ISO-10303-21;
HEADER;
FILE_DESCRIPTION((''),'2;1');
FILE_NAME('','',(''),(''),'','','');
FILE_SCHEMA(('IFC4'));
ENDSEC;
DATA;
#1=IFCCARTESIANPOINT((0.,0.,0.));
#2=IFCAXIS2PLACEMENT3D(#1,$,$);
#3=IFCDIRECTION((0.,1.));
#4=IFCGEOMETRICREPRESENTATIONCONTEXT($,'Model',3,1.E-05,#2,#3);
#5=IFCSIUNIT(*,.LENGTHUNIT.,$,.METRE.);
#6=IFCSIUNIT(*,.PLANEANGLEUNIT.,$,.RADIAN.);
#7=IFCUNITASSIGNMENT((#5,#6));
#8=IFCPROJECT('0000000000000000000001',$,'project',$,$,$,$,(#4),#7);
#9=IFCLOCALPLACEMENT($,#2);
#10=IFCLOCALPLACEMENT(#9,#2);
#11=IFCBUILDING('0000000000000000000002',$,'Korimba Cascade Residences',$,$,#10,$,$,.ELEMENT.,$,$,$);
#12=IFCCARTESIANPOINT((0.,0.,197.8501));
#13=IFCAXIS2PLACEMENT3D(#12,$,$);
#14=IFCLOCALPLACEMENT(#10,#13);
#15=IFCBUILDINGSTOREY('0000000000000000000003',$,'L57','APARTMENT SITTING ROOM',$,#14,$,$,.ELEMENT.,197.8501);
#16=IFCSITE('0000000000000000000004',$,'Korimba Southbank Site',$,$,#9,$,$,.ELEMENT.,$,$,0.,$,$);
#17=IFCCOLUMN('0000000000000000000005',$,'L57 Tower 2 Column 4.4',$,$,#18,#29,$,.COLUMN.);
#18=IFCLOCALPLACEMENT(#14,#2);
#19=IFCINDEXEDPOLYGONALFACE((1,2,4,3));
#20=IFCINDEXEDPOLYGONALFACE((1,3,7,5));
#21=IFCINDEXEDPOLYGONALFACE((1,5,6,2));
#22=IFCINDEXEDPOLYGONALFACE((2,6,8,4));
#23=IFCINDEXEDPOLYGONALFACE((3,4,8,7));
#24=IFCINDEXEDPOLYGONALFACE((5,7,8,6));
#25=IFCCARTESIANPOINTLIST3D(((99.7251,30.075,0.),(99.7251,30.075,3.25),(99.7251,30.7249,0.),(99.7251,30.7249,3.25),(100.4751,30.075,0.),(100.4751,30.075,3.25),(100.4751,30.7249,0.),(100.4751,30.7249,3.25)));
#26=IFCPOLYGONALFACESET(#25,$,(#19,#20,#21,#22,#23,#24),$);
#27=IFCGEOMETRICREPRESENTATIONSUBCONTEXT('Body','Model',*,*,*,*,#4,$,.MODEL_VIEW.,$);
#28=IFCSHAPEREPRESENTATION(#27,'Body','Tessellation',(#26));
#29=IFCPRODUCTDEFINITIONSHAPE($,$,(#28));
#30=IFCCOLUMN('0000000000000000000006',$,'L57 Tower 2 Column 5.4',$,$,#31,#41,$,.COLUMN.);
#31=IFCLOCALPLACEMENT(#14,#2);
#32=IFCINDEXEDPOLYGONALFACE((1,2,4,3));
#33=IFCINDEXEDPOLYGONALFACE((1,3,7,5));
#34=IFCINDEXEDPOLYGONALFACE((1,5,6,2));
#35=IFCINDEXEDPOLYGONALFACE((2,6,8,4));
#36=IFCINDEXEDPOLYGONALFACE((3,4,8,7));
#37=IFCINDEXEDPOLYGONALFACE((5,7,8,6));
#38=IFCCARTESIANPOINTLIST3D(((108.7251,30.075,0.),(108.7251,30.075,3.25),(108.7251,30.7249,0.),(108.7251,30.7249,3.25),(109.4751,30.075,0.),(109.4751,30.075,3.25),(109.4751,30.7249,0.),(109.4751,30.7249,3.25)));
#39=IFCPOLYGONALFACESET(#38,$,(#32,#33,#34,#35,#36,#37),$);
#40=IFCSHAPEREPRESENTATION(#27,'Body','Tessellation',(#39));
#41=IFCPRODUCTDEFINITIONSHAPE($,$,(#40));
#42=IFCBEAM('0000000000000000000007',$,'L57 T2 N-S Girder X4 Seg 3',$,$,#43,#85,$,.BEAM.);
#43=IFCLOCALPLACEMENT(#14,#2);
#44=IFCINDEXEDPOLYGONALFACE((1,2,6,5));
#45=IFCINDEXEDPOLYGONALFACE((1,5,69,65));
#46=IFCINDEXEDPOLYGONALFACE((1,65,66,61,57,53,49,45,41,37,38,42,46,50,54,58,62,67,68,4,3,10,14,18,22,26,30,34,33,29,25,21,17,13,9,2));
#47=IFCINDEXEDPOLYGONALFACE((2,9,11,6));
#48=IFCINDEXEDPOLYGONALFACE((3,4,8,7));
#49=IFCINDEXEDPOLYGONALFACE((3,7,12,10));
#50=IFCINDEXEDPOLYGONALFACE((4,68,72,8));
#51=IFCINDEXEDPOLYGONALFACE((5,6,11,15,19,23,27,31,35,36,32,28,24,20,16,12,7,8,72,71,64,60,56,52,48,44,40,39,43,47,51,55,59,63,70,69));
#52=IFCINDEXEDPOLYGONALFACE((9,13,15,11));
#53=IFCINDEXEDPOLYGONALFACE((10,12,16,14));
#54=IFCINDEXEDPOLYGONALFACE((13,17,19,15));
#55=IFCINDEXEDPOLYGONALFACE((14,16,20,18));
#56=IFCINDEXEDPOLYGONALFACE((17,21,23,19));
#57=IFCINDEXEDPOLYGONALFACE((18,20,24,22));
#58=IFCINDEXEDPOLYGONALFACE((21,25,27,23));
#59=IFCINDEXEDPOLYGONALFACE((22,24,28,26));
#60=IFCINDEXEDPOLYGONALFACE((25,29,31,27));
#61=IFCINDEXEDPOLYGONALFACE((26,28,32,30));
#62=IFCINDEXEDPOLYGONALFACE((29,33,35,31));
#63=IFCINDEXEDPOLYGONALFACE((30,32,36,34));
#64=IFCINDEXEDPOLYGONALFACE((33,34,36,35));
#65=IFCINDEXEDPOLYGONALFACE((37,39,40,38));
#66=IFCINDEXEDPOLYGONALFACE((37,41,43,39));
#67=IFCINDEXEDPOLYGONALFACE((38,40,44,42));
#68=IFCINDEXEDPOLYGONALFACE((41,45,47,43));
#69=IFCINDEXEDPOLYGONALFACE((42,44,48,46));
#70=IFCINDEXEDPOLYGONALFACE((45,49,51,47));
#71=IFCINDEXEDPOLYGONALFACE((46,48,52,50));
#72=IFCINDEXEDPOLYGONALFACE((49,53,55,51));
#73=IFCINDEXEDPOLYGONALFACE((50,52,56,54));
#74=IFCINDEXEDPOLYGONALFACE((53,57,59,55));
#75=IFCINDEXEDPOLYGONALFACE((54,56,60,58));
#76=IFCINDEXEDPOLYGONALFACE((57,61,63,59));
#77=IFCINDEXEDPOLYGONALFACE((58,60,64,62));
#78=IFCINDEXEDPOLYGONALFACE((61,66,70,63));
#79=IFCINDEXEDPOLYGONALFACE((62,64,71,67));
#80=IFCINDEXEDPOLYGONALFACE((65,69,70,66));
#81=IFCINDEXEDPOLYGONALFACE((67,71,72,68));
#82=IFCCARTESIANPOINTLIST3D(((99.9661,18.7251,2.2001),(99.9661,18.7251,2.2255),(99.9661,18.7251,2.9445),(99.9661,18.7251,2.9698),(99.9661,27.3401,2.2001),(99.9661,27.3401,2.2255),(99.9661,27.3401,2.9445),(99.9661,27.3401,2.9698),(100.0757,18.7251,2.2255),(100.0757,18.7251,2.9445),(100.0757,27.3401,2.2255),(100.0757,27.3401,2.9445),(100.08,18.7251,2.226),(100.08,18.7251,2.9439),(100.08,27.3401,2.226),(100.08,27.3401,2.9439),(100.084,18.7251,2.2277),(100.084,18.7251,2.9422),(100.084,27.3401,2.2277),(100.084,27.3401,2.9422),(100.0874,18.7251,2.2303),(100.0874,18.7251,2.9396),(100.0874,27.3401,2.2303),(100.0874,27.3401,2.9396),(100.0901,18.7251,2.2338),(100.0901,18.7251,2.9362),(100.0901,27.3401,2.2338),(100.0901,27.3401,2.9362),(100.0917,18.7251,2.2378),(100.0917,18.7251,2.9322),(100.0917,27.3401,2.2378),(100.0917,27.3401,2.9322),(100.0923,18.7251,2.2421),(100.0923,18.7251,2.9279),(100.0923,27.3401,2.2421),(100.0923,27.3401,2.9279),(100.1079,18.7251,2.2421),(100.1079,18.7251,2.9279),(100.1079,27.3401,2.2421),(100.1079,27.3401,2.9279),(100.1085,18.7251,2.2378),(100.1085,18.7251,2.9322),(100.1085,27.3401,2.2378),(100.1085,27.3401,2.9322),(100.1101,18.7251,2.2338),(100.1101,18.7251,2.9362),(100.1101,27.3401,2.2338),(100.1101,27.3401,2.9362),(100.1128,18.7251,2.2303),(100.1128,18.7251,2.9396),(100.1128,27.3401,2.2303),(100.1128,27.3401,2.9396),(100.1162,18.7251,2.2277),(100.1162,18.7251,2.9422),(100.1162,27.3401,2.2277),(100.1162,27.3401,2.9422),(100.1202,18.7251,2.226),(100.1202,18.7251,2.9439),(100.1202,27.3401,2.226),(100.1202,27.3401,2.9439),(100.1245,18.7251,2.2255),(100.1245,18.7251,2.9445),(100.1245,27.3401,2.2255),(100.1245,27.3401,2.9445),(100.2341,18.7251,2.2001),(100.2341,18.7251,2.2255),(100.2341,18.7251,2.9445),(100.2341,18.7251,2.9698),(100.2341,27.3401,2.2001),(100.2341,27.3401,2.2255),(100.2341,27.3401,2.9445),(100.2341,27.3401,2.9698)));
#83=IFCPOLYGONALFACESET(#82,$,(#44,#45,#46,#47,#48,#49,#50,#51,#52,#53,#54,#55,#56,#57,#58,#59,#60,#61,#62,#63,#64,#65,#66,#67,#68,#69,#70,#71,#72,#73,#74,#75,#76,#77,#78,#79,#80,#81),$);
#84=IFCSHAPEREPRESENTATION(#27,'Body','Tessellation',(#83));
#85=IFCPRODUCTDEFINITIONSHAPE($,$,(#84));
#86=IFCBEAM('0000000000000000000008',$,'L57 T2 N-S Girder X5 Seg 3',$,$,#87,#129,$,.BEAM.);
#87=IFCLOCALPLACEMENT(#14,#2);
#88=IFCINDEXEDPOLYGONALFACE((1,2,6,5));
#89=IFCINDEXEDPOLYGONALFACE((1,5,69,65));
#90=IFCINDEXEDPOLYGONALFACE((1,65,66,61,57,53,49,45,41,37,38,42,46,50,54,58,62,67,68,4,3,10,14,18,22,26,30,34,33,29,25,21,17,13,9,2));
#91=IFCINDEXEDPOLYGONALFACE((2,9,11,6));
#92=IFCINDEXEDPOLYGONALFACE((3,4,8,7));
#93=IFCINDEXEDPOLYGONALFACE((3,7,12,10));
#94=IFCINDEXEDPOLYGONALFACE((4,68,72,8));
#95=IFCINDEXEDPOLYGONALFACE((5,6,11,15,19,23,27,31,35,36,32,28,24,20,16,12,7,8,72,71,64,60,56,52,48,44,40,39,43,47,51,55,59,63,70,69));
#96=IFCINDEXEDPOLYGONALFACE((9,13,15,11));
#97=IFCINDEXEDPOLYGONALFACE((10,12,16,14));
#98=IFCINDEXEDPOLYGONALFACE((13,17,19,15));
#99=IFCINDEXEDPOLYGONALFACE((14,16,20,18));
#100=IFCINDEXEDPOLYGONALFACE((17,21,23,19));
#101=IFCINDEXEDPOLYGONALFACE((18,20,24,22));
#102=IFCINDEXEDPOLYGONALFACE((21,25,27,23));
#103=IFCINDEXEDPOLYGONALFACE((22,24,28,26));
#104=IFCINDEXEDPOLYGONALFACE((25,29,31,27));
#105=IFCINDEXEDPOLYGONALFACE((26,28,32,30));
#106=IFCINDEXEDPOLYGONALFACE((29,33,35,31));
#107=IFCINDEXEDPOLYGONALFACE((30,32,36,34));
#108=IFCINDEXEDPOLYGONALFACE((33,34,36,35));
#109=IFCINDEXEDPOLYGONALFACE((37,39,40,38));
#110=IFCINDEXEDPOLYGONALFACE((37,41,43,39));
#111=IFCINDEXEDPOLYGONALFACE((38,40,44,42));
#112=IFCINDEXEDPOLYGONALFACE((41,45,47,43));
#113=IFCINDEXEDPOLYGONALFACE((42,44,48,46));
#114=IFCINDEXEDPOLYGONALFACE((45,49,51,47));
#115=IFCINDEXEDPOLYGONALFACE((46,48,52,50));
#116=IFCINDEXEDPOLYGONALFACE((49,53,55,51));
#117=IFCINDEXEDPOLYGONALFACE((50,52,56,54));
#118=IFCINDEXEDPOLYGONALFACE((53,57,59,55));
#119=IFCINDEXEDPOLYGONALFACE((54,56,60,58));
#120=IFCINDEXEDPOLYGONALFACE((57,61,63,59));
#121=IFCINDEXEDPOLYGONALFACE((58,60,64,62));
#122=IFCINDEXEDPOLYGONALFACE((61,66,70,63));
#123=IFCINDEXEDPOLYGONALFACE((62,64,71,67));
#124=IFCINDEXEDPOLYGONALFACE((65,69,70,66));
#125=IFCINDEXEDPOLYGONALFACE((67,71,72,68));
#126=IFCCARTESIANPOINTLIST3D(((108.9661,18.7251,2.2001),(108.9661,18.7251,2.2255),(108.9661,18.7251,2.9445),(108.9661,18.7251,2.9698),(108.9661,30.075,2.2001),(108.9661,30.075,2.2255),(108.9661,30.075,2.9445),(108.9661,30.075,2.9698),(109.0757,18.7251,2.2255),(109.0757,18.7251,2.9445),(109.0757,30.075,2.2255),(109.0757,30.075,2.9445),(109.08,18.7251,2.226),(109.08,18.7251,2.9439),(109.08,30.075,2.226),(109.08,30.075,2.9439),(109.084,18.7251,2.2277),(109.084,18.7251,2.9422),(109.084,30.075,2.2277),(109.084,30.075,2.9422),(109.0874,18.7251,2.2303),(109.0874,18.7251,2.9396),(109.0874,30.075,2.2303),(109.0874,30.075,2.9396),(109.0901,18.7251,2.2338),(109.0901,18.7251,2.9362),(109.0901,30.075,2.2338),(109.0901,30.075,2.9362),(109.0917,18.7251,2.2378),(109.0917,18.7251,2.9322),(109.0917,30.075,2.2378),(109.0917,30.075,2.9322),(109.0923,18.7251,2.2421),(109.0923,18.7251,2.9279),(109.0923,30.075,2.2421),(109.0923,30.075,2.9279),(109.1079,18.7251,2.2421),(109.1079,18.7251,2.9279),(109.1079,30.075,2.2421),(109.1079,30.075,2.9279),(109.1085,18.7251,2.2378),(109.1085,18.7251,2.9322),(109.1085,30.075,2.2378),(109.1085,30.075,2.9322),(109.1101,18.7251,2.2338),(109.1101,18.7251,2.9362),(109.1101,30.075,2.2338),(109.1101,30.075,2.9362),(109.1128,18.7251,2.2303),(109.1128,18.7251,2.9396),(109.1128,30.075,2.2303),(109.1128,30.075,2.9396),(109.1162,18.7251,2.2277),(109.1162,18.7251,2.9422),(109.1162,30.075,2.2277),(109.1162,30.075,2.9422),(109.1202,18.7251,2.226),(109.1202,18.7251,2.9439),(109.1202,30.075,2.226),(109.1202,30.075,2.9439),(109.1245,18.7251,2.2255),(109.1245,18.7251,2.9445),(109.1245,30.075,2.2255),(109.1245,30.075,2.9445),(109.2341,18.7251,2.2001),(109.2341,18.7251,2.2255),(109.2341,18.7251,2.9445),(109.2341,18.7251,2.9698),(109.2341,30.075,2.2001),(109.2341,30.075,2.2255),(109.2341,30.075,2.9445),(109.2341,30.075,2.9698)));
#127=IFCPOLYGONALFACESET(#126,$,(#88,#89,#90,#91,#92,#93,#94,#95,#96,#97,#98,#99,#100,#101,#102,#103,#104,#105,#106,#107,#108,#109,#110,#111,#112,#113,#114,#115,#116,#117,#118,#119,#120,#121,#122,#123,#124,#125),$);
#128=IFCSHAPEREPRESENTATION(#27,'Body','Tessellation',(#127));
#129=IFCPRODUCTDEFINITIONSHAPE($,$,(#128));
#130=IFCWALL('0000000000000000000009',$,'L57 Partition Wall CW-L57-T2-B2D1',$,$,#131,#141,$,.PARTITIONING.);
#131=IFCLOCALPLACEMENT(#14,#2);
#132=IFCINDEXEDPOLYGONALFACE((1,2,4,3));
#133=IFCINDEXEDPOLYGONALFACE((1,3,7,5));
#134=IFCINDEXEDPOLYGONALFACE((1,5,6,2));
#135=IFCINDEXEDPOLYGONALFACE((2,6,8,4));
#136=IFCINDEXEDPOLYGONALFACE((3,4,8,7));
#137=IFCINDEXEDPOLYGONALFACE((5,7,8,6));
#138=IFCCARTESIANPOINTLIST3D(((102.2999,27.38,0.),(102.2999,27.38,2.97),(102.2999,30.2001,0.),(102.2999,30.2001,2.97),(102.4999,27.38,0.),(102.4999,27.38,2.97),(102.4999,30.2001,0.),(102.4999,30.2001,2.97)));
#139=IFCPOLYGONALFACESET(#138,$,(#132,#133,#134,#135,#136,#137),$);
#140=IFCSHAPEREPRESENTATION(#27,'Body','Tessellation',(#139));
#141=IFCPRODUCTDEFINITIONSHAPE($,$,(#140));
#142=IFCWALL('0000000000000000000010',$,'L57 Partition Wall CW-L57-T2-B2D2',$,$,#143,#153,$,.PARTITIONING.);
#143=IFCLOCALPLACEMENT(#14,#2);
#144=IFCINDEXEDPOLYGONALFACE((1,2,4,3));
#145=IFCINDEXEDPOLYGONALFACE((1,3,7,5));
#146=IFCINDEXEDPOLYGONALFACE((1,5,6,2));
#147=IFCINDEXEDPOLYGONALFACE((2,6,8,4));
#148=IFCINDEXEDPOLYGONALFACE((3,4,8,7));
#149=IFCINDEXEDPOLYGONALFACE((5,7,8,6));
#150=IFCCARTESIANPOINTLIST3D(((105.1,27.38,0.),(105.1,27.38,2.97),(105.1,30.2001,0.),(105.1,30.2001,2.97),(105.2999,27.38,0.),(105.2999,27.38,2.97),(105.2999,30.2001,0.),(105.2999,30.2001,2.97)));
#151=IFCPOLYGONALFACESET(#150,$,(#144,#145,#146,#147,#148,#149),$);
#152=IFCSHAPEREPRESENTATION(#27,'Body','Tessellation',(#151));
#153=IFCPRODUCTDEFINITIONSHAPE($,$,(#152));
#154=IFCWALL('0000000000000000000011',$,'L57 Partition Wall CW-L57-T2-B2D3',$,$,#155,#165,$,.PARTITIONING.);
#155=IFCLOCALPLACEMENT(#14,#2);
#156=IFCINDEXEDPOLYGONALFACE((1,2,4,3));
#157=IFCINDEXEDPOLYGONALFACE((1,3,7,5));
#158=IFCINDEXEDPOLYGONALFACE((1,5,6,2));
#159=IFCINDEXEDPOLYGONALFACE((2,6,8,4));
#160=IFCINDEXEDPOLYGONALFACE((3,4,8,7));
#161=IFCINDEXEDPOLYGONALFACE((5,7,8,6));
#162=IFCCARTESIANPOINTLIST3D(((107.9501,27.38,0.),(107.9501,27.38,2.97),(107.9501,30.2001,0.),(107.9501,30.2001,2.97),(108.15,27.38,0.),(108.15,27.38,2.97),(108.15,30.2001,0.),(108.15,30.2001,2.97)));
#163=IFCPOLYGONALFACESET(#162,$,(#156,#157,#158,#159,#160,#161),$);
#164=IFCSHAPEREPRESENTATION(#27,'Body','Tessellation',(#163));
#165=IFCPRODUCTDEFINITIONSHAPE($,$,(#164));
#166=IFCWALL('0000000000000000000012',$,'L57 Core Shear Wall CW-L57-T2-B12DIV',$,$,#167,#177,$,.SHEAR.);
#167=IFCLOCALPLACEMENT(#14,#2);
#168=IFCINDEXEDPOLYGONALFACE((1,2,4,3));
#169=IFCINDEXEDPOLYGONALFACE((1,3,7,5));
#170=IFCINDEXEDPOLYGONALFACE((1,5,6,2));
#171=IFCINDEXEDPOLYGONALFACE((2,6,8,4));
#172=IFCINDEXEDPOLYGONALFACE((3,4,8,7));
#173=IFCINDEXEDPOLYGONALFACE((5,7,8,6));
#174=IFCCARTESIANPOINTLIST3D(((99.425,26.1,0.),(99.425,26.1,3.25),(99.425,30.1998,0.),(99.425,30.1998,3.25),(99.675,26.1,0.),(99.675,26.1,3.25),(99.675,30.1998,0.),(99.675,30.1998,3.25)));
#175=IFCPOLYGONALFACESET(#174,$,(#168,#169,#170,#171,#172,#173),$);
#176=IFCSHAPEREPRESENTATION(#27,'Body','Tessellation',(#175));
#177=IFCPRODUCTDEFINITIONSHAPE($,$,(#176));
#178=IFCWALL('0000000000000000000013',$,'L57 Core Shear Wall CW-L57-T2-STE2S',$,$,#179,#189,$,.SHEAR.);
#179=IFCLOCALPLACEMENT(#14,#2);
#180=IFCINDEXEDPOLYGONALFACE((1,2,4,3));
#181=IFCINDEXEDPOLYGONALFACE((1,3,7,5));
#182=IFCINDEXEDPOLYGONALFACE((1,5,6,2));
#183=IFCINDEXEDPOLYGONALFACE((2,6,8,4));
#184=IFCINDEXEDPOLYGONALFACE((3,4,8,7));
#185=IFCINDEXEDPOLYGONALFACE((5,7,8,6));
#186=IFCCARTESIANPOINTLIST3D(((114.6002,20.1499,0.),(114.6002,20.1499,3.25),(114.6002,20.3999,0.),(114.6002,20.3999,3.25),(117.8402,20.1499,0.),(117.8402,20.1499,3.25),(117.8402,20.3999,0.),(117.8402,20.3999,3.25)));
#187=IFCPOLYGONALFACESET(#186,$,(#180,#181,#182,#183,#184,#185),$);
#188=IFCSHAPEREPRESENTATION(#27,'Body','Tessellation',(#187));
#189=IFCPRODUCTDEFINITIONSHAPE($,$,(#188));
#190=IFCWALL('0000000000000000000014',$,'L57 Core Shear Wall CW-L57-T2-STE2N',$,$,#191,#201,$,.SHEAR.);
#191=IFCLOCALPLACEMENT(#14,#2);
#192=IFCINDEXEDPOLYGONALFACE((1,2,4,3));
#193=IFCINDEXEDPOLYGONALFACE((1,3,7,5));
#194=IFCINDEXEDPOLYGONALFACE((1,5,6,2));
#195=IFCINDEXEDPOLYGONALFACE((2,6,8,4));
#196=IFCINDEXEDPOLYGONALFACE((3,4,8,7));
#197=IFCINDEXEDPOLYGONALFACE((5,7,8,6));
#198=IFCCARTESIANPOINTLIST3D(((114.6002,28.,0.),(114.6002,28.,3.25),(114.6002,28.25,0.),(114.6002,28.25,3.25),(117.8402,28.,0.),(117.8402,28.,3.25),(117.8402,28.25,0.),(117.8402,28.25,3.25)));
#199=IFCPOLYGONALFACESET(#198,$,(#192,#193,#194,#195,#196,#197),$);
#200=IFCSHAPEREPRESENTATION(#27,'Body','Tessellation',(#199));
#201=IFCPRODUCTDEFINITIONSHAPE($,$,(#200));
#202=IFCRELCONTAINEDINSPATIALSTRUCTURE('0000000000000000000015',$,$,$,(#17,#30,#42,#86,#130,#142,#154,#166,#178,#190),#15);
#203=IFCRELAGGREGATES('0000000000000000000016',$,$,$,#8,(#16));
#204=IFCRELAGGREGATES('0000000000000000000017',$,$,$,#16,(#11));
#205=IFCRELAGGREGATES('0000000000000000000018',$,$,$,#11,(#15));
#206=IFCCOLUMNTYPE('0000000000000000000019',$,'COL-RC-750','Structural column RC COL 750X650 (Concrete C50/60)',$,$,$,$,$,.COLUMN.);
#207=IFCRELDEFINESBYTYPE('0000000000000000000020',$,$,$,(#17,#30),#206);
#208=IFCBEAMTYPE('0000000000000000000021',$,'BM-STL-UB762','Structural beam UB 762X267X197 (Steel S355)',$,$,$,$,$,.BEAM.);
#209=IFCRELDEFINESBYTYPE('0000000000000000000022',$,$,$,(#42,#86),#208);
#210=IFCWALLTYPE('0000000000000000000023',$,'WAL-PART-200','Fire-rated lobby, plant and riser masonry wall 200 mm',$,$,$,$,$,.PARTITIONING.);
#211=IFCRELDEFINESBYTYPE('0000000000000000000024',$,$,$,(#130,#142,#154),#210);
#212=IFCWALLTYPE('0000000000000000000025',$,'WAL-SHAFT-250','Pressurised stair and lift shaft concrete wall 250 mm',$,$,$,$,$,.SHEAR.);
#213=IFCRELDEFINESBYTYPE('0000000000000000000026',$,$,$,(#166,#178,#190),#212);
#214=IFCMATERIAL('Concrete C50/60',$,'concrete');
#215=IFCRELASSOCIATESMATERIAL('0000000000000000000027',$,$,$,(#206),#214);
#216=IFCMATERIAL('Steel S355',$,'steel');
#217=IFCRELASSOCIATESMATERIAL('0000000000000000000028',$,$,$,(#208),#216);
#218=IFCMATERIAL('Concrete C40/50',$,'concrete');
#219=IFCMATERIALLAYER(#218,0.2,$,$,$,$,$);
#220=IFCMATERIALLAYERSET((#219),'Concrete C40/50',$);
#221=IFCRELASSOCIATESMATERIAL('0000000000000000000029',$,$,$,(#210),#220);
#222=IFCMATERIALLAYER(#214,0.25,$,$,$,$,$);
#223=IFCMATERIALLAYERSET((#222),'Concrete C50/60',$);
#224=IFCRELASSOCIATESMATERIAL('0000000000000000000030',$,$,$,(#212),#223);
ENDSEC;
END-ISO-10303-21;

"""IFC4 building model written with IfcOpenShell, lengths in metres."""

from ifc_helpers import new_model, si_unit, direction, frame, frame_2d, origin, origin_2d, place, context, subcontext, project, spatial, rectangle, i_section, extrude, material, layer, layer_set, material_profile, profile_set, type_object, element, save


model = new_model("IFC4")

# Units and contexts
model_context = context("Model", 3, precision=1e-05, world=origin(), true_north=direction((0.0, 1.0)))
body_context = subcontext(model_context, "Body", "Model", "MODEL_VIEW")
ifc_project = project(units=[si_unit("LENGTHUNIT", "METRE"), si_unit("PLANEANGLEUNIT", "RADIAN")], contexts=[model_context])

# Site, building, storey
site_placement = place(None, origin())
site = spatial("IfcSite", under=ifc_project, at=site_placement, Name="Korimba Southbank Site", CompositionType="ELEMENT", RefElevation=0.0)
building_placement = place(site_placement, origin())
building = spatial("IfcBuilding", under=site, at=building_placement, Name="Korimba Cascade Residences", CompositionType="ELEMENT")
storey_placement = place(building_placement, frame((0.0, 0.0, 197.8501)))
storey = spatial("IfcBuildingStorey", under=building, at=storey_placement, Name="L57", Description="APARTMENT SITTING ROOM", CompositionType="ELEMENT", Elevation=197.8501)

# Columns
ifc_material_1 = material(Name="Concrete C50/60", Category="concrete")
ifc_material_profile_1 = material_profile(ifc_material_1, rectangle(XDim=0.75, YDim=0.6499, at=origin_2d()), Name="Concrete C50/60")
ifc_profile_set_1 = profile_set([ifc_material_profile_1], Name="Concrete C50/60")
column_type = type_object("IfcColumnType", Name="COL-RC-750", Description="Structural column RC COL 750X650 (Concrete C50/60)", PredefinedType="COLUMN", material=ifc_profile_set_1)
for number, where, z_axis, x_axis, name in (
    (1, (100.1001, 30.3999, 0.0), (0.0, 0.0, 1.0), (1.0, 0.0, 0.0), "L57 Tower 2 Column 4.4"),
    (2, (109.1001, 30.3999, 0.0), (0.0, 0.0, 1.0), (1.0, 0.0, 0.0), "L57 Tower 2 Column 5.4"),
):
    element("IfcColumn", number, at=place(storey_placement, frame(where, z_axis=z_axis, x_axis=x_axis)), inside=storey, type_object=column_type, Name=name, PredefinedType="COLUMN", context=body_context, shape_type="SweptSolid", body=[
        extrude(rectangle(XDim=0.75, YDim=0.6499, at=origin_2d()), origin(), (0.0, 0.0, 1.0), 3.25),
    ])

# Beams
ifc_material_2 = material(Name="Steel S355", Category="steel")
ifc_material_profile_2 = material_profile(ifc_material_2, i_section(OverallWidth=0.2681, OverallDepth=0.7698, WebThickness=0.0156, FlangeThickness=0.0254, FilletRadius=0.0166, at=origin_2d()), Name="Steel S355")
ifc_profile_set_2 = profile_set([ifc_material_profile_2], Name="Steel S355")
beam_type = type_object("IfcBeamType", Name="BM-STL-UB762", Description="Structural beam UB 762X267X197 (Steel S355)", PredefinedType="BEAM", material=ifc_profile_set_2)
beam_1_placement = place(storey_placement, frame((100.1001, 18.7251, 2.585), z_axis=(0.0, 1.0, 0.0), x_axis=(-1.0, 0.0, 0.0)))
element("IfcBeam", 3, at=beam_1_placement, inside=storey, type_object=beam_type, Name="L57 T2 N-S Girder X4 Seg 3", PredefinedType="BEAM", context=body_context, shape_type="SweptSolid", body=[
    extrude(i_section(OverallWidth=0.2681, OverallDepth=0.7698, WebThickness=0.0156, FlangeThickness=0.0254, FilletRadius=0.0166, at=origin_2d()), origin(), (0.0, 0.0, 1.0), 8.615),
])
beam_2_placement = place(storey_placement, frame((109.1001, 18.7251, 2.585), z_axis=(0.0, 1.0, 0.0), x_axis=(-1.0, 0.0, 0.0)))
element("IfcBeam", 4, at=beam_2_placement, inside=storey, type_object=beam_type, Name="L57 T2 N-S Girder X5 Seg 3", PredefinedType="BEAM", context=body_context, shape_type="SweptSolid", body=[
    extrude(i_section(OverallWidth=0.2681, OverallDepth=0.7698, WebThickness=0.0156, FlangeThickness=0.0254, FilletRadius=0.0166, at=origin_2d()), origin(), (0.0, 0.0, 1.0), 11.3499),
])

# Walls
ifc_material_3 = material(Name="Concrete C40/50", Category="concrete")
ifc_layer_1 = layer(ifc_material_3, 0.2)
ifc_layer_set_1 = layer_set([ifc_layer_1], Name="Concrete C40/50")
wall_type_1 = type_object("IfcWallType", Name="WAL-PART-200", Description="Fire-rated lobby, plant and riser masonry wall 200 mm", PredefinedType="PARTITIONING", material=ifc_layer_set_1)
for number, where, z_axis, x_axis, name in (
    (5, (102.3999, 27.3799, 0.0), (0.0, 0.0, 1.0), (0.0, 1.0, 0.0), "L57 Partition Wall CW-L57-T2-B2D1"),
    (6, (105.2, 27.3799, 0.0), (0.0, 0.0, 1.0), (0.0, 1.0, 0.0), "L57 Partition Wall CW-L57-T2-B2D2"),
    (7, (108.05, 27.3799, 0.0), (0.0, 0.0, 1.0), (0.0, 1.0, 0.0), "L57 Partition Wall CW-L57-T2-B2D3"),
):
    element("IfcWall", number, at=place(storey_placement, frame(where, z_axis=z_axis, x_axis=x_axis)), inside=storey, type_object=wall_type_1, Name=name, PredefinedType="PARTITIONING", context=body_context, shape_type="SweptSolid", body=[
        extrude(rectangle(XDim=2.8201, YDim=0.2, at=frame_2d((1.4102, 0.0))), origin(), (0.0, 0.0, 1.0), 2.97),
    ])
ifc_layer_2 = layer(ifc_material_1, 0.25)
ifc_layer_set_2 = layer_set([ifc_layer_2], Name="Concrete C50/60")
wall_type_2 = type_object("IfcWallType", Name="WAL-SHAFT-250", Description="Pressurised stair and lift shaft concrete wall 250 mm", PredefinedType="SHEAR", material=ifc_layer_set_2)
wall_1_placement = place(storey_placement, frame((99.55, 26.1001, 0.0), z_axis=(0.0, 0.0, 1.0), x_axis=(0.0, 1.0, 0.0)))
element("IfcWall", 8, at=wall_1_placement, inside=storey, type_object=wall_type_2, Name="L57 Core Shear Wall CW-L57-T2-B12DIV", PredefinedType="SHEAR", context=body_context, shape_type="SweptSolid", body=[
    extrude(rectangle(XDim=4.0999, YDim=0.25, at=frame_2d((2.0498, 0.0))), origin(), (0.0, 0.0, 1.0), 3.25),
])

# Walls
for number, where, z_axis, x_axis, name in (
    (9, (114.6001, 20.2749, 0.0), (0.0, 0.0, 1.0), (1.0, 0.0, 0.0), "L57 Core Shear Wall CW-L57-T2-STE2S"),
    (10, (114.6001, 28.125, 0.0), (0.0, 0.0, 1.0), (1.0, 0.0, 0.0), "L57 Core Shear Wall CW-L57-T2-STE2N"),
):
    element("IfcWall", number, at=place(storey_placement, frame(where, z_axis=z_axis, x_axis=x_axis)), inside=storey, type_object=wall_type_2, Name=name, PredefinedType="SHEAR", context=body_context, shape_type="SweptSolid", body=[
        extrude(rectangle(XDim=3.24, YDim=0.25, at=frame_2d((1.6201, 0.0))), origin(), (0.0, 0.0, 1.0), 3.25),
    ])

save(model, "model.ifc")
